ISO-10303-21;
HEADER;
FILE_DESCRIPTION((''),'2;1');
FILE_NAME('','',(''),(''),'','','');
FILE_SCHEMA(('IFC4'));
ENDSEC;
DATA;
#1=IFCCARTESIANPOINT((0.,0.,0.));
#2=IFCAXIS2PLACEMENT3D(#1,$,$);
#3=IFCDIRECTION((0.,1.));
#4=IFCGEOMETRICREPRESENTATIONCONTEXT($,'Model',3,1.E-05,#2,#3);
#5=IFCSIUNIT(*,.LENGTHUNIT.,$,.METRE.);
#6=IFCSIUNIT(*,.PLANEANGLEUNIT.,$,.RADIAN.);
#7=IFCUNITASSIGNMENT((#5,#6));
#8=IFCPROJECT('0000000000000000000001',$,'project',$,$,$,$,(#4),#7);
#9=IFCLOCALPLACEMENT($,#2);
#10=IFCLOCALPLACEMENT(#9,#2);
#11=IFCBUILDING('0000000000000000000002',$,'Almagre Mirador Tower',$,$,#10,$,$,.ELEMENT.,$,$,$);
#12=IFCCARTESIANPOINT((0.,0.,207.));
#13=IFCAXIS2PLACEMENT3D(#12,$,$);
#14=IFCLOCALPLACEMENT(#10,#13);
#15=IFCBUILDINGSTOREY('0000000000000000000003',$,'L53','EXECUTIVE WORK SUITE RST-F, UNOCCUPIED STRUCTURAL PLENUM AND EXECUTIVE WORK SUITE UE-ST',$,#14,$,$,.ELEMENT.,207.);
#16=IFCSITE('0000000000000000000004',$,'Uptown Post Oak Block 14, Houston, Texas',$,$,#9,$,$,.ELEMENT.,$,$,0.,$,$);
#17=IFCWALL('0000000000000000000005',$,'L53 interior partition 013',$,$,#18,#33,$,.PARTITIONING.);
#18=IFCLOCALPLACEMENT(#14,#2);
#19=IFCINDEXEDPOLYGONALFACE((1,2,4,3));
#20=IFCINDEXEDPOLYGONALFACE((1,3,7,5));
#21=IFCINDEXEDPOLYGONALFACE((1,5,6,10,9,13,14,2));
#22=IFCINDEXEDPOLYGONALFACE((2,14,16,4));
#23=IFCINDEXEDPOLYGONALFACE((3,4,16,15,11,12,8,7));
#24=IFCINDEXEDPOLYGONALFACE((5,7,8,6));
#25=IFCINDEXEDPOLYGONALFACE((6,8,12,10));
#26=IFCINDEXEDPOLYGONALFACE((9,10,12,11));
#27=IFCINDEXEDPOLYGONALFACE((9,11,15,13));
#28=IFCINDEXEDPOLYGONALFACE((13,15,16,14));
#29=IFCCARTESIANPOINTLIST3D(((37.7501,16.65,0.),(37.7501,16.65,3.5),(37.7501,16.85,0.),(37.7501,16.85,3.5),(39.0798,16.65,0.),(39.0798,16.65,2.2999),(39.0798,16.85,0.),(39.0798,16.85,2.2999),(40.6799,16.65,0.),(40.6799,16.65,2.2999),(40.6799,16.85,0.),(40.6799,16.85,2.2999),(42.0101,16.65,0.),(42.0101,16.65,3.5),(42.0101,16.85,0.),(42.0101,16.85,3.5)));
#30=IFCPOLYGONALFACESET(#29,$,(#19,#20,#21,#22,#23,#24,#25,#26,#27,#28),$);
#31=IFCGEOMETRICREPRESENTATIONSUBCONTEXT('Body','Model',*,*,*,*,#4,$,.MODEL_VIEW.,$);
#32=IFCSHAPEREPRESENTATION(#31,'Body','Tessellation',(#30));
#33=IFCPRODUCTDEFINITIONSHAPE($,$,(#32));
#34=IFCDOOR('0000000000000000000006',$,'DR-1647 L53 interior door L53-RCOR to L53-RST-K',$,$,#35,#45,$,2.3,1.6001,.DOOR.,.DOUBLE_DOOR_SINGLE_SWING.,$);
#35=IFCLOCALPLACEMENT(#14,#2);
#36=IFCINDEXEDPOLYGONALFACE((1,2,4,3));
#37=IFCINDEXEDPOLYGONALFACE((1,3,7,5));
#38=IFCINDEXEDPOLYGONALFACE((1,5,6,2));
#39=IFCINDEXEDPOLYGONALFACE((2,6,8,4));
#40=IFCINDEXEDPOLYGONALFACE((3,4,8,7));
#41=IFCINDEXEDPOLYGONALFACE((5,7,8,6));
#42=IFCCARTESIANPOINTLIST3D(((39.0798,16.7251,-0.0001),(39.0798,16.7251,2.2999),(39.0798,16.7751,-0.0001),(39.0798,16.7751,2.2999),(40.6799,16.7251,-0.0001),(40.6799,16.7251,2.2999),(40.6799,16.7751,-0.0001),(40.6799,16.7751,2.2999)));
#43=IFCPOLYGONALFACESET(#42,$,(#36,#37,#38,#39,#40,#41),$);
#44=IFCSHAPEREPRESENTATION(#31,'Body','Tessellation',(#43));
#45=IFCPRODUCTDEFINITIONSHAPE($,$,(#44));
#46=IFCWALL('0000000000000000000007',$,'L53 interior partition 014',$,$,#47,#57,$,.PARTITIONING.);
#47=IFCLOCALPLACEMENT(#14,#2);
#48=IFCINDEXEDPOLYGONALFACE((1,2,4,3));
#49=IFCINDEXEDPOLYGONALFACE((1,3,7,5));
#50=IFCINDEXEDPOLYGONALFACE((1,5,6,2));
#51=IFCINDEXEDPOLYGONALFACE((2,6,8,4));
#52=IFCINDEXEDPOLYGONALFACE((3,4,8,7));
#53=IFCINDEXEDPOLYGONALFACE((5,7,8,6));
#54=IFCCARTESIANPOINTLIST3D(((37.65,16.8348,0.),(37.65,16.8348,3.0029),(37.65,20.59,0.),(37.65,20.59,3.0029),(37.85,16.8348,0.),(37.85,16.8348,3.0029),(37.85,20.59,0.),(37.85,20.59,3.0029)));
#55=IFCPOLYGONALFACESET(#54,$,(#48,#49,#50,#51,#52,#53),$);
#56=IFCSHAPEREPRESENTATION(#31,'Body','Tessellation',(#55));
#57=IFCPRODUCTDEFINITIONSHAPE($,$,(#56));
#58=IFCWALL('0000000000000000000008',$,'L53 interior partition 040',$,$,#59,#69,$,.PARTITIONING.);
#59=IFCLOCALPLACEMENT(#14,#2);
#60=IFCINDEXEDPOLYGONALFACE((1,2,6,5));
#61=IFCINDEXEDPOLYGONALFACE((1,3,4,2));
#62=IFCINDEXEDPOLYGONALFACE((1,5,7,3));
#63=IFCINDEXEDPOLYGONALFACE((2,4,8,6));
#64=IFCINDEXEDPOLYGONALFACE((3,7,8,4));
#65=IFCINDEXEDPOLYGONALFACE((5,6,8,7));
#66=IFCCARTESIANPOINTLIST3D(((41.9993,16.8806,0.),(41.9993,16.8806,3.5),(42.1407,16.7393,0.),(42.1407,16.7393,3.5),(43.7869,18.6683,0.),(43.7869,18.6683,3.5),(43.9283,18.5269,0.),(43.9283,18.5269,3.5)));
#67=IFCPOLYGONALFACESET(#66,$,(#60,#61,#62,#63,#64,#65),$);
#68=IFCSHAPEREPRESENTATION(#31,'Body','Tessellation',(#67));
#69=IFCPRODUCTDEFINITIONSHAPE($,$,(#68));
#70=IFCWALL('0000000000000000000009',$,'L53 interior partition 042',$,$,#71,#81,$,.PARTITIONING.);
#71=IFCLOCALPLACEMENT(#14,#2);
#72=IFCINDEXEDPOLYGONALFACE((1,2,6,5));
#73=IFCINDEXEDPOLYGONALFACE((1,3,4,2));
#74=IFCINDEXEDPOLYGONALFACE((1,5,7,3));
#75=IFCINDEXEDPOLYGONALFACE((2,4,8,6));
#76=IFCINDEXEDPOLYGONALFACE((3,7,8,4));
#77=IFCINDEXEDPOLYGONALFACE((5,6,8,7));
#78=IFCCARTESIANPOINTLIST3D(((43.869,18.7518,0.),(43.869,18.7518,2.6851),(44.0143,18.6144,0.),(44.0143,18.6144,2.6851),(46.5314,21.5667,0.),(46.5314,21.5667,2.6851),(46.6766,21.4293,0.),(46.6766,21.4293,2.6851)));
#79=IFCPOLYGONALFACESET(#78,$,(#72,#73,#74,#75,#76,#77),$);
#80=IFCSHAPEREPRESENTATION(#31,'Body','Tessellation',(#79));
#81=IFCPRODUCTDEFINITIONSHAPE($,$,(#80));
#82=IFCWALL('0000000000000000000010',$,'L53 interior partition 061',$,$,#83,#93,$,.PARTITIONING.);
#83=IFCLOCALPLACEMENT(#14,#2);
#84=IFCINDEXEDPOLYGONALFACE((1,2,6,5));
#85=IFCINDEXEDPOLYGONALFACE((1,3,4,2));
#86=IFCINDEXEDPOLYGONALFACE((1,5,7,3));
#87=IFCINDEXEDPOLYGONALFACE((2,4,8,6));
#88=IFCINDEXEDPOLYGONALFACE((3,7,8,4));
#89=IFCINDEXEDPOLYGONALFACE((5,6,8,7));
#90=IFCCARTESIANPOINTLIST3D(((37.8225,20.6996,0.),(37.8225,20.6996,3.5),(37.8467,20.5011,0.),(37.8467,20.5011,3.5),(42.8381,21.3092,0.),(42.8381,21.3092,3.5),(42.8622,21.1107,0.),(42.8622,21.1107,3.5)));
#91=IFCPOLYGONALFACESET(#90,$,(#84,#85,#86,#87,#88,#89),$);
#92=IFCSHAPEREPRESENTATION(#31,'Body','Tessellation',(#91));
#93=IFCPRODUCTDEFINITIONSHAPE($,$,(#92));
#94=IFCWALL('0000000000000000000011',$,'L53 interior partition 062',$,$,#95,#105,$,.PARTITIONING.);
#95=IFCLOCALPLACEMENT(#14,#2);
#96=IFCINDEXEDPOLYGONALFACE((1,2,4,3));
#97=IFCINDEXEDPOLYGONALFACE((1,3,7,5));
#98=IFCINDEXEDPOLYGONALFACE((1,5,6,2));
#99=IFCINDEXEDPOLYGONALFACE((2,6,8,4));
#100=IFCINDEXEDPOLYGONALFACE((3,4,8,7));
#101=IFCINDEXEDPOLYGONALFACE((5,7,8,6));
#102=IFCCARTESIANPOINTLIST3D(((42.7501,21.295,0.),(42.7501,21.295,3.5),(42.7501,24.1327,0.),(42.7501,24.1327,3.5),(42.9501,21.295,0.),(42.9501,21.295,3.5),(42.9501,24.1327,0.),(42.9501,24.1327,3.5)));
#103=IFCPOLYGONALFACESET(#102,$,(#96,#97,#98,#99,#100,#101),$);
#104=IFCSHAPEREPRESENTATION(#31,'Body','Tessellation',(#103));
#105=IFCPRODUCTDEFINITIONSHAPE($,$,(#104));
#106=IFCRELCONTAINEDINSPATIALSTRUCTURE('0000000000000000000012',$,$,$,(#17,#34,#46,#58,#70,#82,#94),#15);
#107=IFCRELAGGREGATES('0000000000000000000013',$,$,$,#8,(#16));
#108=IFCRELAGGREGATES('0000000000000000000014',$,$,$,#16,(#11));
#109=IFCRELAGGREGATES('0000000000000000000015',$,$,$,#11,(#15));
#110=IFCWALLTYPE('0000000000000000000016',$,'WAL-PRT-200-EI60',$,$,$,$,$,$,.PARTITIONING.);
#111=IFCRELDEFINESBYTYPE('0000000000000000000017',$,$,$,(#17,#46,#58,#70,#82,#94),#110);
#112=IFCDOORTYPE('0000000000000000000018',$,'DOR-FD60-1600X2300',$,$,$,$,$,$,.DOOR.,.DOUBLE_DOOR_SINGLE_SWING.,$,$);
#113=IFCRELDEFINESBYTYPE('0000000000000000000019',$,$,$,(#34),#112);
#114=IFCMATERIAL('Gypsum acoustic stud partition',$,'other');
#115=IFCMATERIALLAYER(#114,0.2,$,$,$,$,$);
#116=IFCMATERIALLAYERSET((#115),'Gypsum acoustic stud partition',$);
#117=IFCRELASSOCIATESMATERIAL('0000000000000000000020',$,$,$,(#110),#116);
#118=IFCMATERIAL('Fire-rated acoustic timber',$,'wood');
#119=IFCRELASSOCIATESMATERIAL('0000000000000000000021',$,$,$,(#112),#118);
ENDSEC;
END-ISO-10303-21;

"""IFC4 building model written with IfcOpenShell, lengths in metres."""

from ifc_helpers import new_model, si_unit, direction, frame, frame_2d, origin, place, context, subcontext, project, spatial, rectangle, extrude, material, layer, layer_set, type_object, element, fill, save


model = new_model("IFC4")

# Units and contexts
model_context = context("Model", 3, precision=1e-05, world=origin(), true_north=direction((0.0, 1.0)))
body_context = subcontext(model_context, "Body", "Model", "MODEL_VIEW")
ifc_project = project(units=[si_unit("LENGTHUNIT", "METRE"), si_unit("PLANEANGLEUNIT", "RADIAN")], contexts=[model_context])

# Site, building, storey
site_placement = place(None, origin())
site = spatial("IfcSite", under=ifc_project, at=site_placement, Name="Uptown Post Oak Block 14, Houston, Texas", CompositionType="ELEMENT", RefElevation=0.0)
building_placement = place(site_placement, origin())
building = spatial("IfcBuilding", under=site, at=building_placement, Name="Almagre Mirador Tower", CompositionType="ELEMENT")
storey_placement = place(building_placement, frame((0.0, 0.0, 207.0)))
storey = spatial("IfcBuildingStorey", under=building, at=storey_placement, Name="L53", Description="EXECUTIVE WORK SUITE RST-F, UNOCCUPIED STRUCTURAL PLENUM AND EXECUTIVE WORK SUITE UE-ST", CompositionType="ELEMENT", Elevation=207.0)

# Shared definitions
ifc_material_1 = material(Name="Gypsum acoustic stud partition", Category="other")
ifc_layer_1 = layer(ifc_material_1, 0.2)
ifc_layer_set_1 = layer_set([ifc_layer_1], Name="Gypsum acoustic stud partition")
wall_type_1 = type_object("IfcWallType", Name="WAL-PRT-200-EI60", PredefinedType="PARTITIONING", material=ifc_layer_set_1)

# Wall, opening, door
wall_1_placement = place(storey_placement, frame((42.01, 16.75, 0.0), z_axis=(0.0, 0.0, 1.0), x_axis=(-1.0, 0.0, 0.0)))
wall_1 = element("IfcWall", 1, at=wall_1_placement, inside=storey, type_object=wall_type_1, Name="L53 interior partition 013", PredefinedType="PARTITIONING", context=body_context, shape_type="SweptSolid", body=[
    extrude(rectangle(XDim=4.26, YDim=0.2, at=frame_2d((2.1299, 0.0))), origin(), (0.0, 0.0, 1.0), 3.5),
])
opening_1_placement = place(wall_1_placement, frame((1.3301, 0.0, 0.0)))
opening_1 = element("IfcOpeningElement", 2, at=opening_1_placement, cuts=wall_1, PredefinedType="OPENING", context=body_context, shape_type="SweptSolid", body=[
    extrude(rectangle(XDim=1.6001, YDim=2.3, at=frame_2d((0.8, 1.1499))), frame((0.0, 0.1101, 0.0), z_axis=(0.0, -1.0, 0.0), x_axis=(1.0, 0.0, 0.0)), (0.0, 0.0, 1.0), 0.22),
])
ifc_material_2 = material(Name="Fire-rated acoustic timber", Category="wood")
door_type_1 = type_object("IfcDoorType", Name="DOR-FD60-1600X2300", OperationType="DOUBLE_DOOR_SINGLE_SWING", PredefinedType="DOOR", material=ifc_material_2)
door_1_placement = place(opening_1_placement, origin())
door_1 = element("IfcDoor", 3, at=door_1_placement, inside=storey, type_object=door_type_1, Name="DR-1647 L53 interior door L53-RCOR to L53-RST-K", OperationType="DOUBLE_DOOR_SINGLE_SWING", OverallHeight=2.3, OverallWidth=1.6001, PredefinedType="DOOR", context=body_context, shape_type="SweptSolid", body=[
    extrude(rectangle(XDim=1.6001, YDim=2.3, at=frame_2d((0.8, 1.1499))), frame((0.0, 0.0249, 0.0), z_axis=(0.0, -1.0, 0.0), x_axis=(1.0, 0.0, 0.0)), (0.0, 0.0, 1.0), 0.05),
])
fill(opening_1, door_1)

# Walls
wall_2_placement = place(storey_placement, frame((37.75, 16.835, 0.0), z_axis=(0.0, 0.0, 1.0), x_axis=(0.0, 1.0, 0.0)))
element("IfcWall", 4, at=wall_2_placement, inside=storey, type_object=wall_type_1, Name="L53 interior partition 014", PredefinedType="PARTITIONING", context=body_context, shape_type="SweptSolid", body=[
    extrude(rectangle(XDim=3.7551, YDim=0.2, at=frame_2d((1.8774, 0.0))), origin(), (0.0, 0.0, 1.0), 3.0029),
])
wall_3_placement = place(storey_placement, frame((43.8577, 18.5977, 0.0), z_axis=(0.0, 0.0, 1.0), x_axis=(-0.707107, -0.707107, 0.0)))
element("IfcWall", 5, at=wall_3_placement, inside=storey, type_object=wall_type_1, Name="L53 interior partition 040", PredefinedType="PARTITIONING", context=body_context, shape_type="SweptSolid", body=[
    extrude(rectangle(XDim=2.5281, YDim=0.2, at=frame_2d((1.2642, 0.0))), origin(), (0.0, 0.0, 1.0), 3.5),
])
wall_4_placement = place(storey_placement, frame((46.604, 21.498, 0.0), z_axis=(0.0, 0.0, 1.0), x_axis=(-0.687141, -0.726524, 0.0)))
element("IfcWall", 6, at=wall_4_placement, inside=storey, type_object=wall_type_1, Name="L53 interior partition 042", PredefinedType="PARTITIONING", context=body_context, shape_type="SweptSolid", body=[
    extrude(rectangle(XDim=3.8745, YDim=0.2, at=frame_2d((1.9373, 0.0))), origin(), (0.0, 0.0, 1.0), 2.6851),
])
wall_5_placement = place(storey_placement, frame((37.8345, 20.6003, 0.0), z_axis=(0.0, 0.0, 1.0), x_axis=(0.992694, 0.120656, 0.0)))
element("IfcWall", 7, at=wall_5_placement, inside=storey, type_object=wall_type_1, Name="L53 interior partition 061", PredefinedType="PARTITIONING", context=body_context, shape_type="SweptSolid", body=[
    extrude(rectangle(XDim=5.0525, YDim=0.2, at=frame_2d((2.5264, 0.0))), origin(), (0.0, 0.0, 1.0), 3.5),
])
wall_6_placement = place(storey_placement, frame((42.8501, 21.2949, 0.0), z_axis=(0.0, 0.0, 1.0), x_axis=(0.0, 1.0, 0.0)))
element("IfcWall", 8, at=wall_6_placement, inside=storey, type_object=wall_type_1, Name="L53 interior partition 062", PredefinedType="PARTITIONING", context=body_context, shape_type="SweptSolid", body=[
    extrude(rectangle(XDim=2.8376, YDim=0.2, at=frame_2d((1.4189, 0.0))), origin(), (0.0, 0.0, 1.0), 3.5),
])

save(model, "model.ifc")
